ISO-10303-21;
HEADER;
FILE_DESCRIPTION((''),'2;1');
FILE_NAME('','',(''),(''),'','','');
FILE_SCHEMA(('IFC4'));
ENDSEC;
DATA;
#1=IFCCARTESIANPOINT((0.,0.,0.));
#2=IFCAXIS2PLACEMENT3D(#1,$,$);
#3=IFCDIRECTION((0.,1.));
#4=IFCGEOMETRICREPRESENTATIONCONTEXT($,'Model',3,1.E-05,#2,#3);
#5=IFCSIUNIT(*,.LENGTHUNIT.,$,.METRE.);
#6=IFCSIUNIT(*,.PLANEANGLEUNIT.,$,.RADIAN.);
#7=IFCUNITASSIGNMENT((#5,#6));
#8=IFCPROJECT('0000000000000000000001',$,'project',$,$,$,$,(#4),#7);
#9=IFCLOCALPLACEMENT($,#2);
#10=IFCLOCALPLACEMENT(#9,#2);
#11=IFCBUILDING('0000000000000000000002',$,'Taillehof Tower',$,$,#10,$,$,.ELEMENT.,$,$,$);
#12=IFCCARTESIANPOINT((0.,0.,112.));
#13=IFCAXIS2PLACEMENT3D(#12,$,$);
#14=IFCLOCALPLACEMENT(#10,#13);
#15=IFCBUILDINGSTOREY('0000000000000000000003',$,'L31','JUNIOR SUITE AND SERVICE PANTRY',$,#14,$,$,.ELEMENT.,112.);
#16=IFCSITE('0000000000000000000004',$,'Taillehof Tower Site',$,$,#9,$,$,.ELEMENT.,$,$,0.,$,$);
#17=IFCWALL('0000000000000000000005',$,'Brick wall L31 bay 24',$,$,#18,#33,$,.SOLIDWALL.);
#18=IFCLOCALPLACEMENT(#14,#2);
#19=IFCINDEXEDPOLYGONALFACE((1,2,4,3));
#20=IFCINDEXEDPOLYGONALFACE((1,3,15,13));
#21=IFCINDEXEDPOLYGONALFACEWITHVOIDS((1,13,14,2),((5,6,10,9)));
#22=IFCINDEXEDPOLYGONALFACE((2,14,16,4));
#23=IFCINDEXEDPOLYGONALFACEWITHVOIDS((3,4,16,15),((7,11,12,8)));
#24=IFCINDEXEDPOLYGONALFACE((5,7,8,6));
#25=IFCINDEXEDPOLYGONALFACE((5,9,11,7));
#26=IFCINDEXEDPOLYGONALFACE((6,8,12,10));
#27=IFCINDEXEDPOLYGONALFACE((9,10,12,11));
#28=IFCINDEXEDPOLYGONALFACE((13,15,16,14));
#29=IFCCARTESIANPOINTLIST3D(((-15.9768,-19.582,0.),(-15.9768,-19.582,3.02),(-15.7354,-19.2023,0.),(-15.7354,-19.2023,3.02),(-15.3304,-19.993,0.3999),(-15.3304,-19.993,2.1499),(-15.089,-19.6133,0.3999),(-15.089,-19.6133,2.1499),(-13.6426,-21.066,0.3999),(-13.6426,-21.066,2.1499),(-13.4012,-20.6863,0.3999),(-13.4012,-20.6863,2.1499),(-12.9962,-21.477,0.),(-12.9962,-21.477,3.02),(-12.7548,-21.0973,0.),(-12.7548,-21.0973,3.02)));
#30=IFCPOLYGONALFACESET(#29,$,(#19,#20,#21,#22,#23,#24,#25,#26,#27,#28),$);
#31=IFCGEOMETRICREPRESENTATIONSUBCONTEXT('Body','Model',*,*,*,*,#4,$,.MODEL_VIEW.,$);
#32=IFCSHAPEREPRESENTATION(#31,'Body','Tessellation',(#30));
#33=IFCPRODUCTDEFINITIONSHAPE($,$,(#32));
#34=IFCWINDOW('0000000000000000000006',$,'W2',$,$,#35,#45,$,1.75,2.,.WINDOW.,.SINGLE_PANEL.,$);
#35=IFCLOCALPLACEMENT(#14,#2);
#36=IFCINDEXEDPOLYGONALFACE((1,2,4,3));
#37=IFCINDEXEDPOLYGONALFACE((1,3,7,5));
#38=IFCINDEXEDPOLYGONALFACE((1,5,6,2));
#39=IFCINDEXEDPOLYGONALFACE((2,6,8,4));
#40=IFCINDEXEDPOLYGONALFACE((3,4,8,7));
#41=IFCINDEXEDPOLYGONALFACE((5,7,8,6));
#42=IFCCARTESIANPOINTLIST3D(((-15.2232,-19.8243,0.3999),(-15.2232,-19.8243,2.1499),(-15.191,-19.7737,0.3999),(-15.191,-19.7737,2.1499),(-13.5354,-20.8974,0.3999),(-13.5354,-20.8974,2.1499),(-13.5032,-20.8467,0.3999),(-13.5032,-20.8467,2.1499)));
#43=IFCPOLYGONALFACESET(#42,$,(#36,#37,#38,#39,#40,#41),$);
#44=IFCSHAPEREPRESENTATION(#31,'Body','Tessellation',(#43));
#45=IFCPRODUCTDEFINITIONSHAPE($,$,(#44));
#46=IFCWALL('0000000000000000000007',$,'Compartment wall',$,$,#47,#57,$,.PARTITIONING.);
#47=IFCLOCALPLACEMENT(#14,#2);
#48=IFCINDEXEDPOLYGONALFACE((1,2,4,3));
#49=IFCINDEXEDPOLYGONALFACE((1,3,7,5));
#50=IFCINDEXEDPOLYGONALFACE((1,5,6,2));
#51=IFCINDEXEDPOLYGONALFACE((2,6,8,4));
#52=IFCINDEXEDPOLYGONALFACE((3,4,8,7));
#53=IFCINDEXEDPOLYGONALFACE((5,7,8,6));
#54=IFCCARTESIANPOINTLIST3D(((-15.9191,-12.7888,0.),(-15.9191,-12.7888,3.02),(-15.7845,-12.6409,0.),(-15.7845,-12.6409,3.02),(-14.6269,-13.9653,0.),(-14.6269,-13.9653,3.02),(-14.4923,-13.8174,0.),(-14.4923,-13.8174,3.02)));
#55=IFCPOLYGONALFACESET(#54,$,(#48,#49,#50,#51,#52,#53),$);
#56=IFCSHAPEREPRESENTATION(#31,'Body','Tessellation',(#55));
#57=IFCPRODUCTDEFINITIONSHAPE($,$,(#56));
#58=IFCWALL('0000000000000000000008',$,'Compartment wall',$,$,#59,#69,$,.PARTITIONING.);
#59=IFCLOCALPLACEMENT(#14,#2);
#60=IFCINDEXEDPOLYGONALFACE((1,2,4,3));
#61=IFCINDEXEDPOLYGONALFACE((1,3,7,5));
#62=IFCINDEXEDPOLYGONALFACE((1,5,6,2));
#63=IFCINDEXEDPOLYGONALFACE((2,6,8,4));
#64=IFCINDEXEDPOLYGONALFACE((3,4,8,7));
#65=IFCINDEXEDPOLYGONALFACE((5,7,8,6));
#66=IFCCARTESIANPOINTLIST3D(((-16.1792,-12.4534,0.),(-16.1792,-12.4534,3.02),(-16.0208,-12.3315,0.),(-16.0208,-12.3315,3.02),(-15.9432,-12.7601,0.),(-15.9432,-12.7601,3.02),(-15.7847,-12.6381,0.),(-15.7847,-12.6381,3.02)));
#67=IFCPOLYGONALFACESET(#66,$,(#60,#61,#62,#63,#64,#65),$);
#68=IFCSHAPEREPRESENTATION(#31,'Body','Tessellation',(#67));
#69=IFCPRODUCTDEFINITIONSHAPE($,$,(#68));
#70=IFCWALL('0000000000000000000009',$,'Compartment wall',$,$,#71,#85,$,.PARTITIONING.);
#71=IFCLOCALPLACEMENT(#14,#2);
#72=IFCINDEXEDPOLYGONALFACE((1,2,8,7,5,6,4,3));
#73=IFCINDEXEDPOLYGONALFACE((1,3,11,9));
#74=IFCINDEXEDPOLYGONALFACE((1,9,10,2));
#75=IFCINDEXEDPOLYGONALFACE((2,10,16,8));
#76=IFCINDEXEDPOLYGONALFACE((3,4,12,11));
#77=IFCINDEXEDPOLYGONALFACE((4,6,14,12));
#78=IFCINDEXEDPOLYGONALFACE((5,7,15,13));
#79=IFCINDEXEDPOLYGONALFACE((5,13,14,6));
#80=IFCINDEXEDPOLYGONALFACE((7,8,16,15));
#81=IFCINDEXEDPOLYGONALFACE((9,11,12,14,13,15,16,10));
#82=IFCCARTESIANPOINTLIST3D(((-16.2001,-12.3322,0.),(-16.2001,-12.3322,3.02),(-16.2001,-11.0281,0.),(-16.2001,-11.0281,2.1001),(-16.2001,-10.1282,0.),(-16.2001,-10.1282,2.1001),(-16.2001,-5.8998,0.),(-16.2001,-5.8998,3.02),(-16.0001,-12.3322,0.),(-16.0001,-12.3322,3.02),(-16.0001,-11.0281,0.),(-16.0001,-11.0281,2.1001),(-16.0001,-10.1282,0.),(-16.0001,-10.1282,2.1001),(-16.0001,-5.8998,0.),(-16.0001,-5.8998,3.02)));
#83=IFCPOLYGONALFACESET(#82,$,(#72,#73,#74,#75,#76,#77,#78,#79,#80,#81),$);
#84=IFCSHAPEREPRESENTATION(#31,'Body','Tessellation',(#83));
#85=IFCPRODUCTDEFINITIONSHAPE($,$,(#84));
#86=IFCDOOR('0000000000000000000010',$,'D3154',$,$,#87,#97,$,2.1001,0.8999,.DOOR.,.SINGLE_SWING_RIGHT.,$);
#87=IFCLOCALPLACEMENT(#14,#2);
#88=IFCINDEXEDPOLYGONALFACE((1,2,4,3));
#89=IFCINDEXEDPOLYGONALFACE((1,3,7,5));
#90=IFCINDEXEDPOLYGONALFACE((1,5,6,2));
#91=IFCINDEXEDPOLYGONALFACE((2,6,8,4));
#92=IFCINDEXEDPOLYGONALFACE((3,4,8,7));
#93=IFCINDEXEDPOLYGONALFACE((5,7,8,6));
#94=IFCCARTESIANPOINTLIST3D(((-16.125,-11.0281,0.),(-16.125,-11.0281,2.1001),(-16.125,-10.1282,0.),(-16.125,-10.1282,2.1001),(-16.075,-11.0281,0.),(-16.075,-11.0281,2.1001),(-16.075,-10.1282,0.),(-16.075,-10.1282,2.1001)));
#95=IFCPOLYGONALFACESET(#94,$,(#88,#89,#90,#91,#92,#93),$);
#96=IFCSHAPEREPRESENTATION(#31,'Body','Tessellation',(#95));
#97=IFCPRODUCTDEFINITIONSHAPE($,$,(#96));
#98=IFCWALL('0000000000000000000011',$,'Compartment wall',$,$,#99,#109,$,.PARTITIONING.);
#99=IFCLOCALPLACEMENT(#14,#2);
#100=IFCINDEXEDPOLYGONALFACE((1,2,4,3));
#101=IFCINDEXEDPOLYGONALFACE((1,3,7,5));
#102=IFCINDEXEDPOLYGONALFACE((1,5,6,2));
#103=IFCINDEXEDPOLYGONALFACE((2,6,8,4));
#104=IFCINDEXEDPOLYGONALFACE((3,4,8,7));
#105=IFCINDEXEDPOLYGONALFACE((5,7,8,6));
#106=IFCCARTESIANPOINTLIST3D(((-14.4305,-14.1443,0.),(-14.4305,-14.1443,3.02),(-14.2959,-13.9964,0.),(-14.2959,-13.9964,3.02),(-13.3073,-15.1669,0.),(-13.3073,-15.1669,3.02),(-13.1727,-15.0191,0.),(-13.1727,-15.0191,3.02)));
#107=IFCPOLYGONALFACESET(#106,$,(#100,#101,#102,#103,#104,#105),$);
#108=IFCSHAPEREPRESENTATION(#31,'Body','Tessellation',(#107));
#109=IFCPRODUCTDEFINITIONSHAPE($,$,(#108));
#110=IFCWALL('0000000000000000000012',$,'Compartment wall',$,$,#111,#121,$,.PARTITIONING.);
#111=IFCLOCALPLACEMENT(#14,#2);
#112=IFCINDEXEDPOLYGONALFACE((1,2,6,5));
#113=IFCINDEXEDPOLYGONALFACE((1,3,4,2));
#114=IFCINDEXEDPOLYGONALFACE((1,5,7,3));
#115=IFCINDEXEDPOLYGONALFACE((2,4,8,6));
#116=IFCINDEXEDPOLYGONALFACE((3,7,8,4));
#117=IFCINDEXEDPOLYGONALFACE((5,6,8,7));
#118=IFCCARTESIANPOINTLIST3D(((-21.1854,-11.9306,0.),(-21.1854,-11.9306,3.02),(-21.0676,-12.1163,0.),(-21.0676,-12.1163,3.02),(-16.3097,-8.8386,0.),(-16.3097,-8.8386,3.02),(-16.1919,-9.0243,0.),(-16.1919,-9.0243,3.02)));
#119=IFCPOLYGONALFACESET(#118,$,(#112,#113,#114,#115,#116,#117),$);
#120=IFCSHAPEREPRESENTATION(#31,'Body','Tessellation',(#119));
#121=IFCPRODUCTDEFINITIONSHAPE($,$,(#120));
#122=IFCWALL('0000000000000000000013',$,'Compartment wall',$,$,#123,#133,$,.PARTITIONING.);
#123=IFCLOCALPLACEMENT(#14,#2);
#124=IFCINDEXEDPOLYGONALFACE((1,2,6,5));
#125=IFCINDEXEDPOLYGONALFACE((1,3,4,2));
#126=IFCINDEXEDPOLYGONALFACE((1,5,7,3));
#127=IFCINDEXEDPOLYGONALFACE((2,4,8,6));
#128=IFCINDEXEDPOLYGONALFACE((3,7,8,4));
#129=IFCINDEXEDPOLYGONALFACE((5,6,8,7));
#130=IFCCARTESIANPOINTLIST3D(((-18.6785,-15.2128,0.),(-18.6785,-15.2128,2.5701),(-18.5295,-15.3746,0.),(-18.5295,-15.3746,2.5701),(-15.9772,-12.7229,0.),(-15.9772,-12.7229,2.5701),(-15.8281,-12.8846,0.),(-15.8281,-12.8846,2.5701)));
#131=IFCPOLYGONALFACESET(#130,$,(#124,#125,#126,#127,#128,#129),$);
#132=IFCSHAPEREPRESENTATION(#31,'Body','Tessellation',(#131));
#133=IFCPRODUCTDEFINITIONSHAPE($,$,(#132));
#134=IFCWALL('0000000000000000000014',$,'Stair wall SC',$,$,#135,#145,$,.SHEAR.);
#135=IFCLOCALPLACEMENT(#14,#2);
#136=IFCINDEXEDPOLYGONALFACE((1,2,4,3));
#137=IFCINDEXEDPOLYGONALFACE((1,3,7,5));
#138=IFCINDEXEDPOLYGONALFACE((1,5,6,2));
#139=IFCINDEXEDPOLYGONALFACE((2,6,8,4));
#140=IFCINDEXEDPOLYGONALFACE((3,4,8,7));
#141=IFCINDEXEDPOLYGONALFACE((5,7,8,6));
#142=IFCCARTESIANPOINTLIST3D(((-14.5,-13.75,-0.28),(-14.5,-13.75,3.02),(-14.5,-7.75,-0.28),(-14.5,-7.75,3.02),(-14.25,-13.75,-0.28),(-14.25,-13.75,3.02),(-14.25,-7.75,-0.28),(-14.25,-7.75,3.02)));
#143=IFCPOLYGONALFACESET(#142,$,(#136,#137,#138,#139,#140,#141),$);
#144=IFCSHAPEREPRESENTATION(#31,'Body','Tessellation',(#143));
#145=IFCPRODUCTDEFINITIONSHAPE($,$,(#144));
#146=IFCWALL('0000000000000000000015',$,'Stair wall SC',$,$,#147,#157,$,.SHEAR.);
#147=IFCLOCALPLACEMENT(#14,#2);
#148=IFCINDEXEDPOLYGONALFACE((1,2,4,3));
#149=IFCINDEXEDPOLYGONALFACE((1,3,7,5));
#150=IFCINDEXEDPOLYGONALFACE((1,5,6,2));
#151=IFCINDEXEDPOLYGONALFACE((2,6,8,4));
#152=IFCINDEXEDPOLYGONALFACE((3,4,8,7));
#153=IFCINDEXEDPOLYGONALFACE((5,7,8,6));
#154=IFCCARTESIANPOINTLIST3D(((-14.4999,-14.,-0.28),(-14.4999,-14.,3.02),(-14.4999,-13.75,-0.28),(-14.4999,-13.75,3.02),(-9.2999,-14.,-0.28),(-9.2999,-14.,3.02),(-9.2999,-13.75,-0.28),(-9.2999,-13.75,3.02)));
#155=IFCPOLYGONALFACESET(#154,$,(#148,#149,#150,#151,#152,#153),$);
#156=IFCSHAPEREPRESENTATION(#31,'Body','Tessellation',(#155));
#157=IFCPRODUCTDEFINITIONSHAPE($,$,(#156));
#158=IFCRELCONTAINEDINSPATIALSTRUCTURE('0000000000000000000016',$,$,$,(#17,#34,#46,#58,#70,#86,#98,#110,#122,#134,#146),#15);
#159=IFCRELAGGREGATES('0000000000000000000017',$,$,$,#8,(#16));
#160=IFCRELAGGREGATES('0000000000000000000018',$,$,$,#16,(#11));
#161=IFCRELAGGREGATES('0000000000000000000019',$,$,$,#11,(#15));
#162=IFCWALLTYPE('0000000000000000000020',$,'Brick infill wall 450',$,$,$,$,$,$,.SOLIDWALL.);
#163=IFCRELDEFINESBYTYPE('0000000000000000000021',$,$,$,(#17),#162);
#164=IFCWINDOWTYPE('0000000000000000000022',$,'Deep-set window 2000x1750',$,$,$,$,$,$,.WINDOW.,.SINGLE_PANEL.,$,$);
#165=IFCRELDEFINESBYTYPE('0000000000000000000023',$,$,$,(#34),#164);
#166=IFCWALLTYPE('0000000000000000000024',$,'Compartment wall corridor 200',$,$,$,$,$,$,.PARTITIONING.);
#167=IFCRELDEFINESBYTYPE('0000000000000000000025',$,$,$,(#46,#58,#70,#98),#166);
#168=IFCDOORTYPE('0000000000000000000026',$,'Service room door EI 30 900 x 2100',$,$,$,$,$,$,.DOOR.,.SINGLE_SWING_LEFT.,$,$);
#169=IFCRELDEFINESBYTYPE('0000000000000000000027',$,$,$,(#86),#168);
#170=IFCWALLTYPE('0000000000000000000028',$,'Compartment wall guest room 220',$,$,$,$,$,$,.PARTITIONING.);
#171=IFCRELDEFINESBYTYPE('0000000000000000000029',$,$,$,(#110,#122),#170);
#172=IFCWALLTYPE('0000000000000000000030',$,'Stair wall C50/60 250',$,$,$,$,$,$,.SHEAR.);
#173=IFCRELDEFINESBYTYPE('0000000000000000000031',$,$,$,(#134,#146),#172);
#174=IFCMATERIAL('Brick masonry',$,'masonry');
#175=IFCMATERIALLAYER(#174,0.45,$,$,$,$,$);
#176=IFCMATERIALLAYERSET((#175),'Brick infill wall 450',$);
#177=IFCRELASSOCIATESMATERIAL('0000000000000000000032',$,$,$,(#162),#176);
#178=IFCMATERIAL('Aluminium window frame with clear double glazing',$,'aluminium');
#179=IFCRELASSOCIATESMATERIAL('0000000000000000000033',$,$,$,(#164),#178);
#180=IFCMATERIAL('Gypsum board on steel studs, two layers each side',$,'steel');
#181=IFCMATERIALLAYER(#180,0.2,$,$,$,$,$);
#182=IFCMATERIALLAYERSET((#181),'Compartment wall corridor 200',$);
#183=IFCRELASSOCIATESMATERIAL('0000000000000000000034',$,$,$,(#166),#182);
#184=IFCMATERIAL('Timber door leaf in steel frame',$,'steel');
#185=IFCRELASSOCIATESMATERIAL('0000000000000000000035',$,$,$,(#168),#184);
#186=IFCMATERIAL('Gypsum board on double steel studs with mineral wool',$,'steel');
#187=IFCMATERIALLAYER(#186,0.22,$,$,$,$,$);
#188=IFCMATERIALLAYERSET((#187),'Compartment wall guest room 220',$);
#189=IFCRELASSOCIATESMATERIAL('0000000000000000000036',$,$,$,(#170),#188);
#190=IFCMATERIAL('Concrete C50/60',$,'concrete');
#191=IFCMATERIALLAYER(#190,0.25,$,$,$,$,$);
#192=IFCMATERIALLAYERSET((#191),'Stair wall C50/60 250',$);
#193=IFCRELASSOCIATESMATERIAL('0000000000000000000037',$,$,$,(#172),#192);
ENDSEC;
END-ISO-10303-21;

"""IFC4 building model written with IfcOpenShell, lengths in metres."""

from ifc_helpers import new_model, si_unit, direction, frame, frame_2d, origin, place, context, subcontext, project, spatial, rectangle, extrude, material, layer, layer_set, type_object, element, fill, save


model = new_model("IFC4")

# Units and contexts
model_context = context("Model", 3, precision=1e-05, world=origin(), true_north=direction((0.0, 1.0)))
body_context = subcontext(model_context, "Body", "Model", "MODEL_VIEW")
ifc_project = project(units=[si_unit("LENGTHUNIT", "METRE"), si_unit("PLANEANGLEUNIT", "RADIAN")], contexts=[model_context])

# Site, building, storey
site_placement = place(None, origin())
site = spatial("IfcSite", under=ifc_project, at=site_placement, Name="Taillehof Tower Site", CompositionType="ELEMENT", RefElevation=0.0)
building_placement = place(site_placement, origin())
building = spatial("IfcBuilding", under=site, at=building_placement, Name="Taillehof Tower", CompositionType="ELEMENT")
storey_placement = place(building_placement, frame((0.0, 0.0, 112.0)))
storey = spatial("IfcBuildingStorey", under=building, at=storey_placement, Name="L31", Description="JUNIOR SUITE AND SERVICE PANTRY", CompositionType="ELEMENT", Elevation=112.0)

# Wall, opening, window
ifc_material_1 = material(Name="Brick masonry", Category="masonry")
ifc_layer_1 = layer(ifc_material_1, 0.45)
ifc_layer_set_1 = layer_set([ifc_layer_1], Name="Brick infill wall 450")
wall_type_1 = type_object("IfcWallType", Name="Brick infill wall 450", PredefinedType="SOLIDWALL", material=ifc_layer_set_1)
ifc_material_2 = material(Name="Aluminium window frame with clear double glazing", Category="aluminium")
window_type = type_object("IfcWindowType", Name="Deep-set window 2000x1750", PartitioningType="SINGLE_PANEL", PredefinedType="WINDOW", material=ifc_material_2)
wall_1_placement = place(storey_placement, frame((-15.8562, -19.3921, 0.0), z_axis=(0.0, 0.0, 1.0), x_axis=(0.843892, -0.536513, 0.0)))
wall_1 = element("IfcWall", 1, at=wall_1_placement, inside=storey, type_object=wall_type_1, Name="Brick wall L31 bay 24", PredefinedType="SOLIDWALL", context=body_context, shape_type="SweptSolid", body=[
    extrude(rectangle(XDim=3.532, YDim=0.45, at=frame_2d((1.7661, 0.0))), origin(), (0.0, 0.0, 1.0), 3.02),
])
opening_1_placement = place(wall_1_placement, frame((0.7661, 0.0, 0.3999)))
opening_1 = element("IfcOpeningElement", 2, at=opening_1_placement, cuts=wall_1, PredefinedType="OPENING", context=body_context, shape_type="SweptSolid", body=[
    extrude(rectangle(XDim=2.0, YDim=1.75, at=frame_2d((1.0, 0.875))), frame((0.0, 0.2349, 0.0), z_axis=(0.0, -1.0, 0.0), x_axis=(1.0, 0.0, 0.0)), (0.0, 0.0, 1.0), 0.47),
])
window_1_placement = place(opening_1_placement, origin())
window_1 = element("IfcWindow", 3, at=window_1_placement, inside=storey, type_object=window_type, Name="W2", OverallHeight=1.75, OverallWidth=2.0, PartitioningType="SINGLE_PANEL", PredefinedType="WINDOW", context=body_context, shape_type="SweptSolid", body=[
    extrude(rectangle(XDim=2.0, YDim=1.75, at=frame_2d((1.0, 0.875))), frame((0.0, 0.0349, 0.0), z_axis=(0.0, -1.0, 0.0), x_axis=(1.0, 0.0, 0.0)), (0.0, 0.0, 1.0), 0.0601),
])
fill(opening_1, window_1)

# Walls
ifc_material_3 = material(Name="Gypsum board on steel studs, two layers each side", Category="steel")
ifc_layer_2 = layer(ifc_material_3, 0.2)
ifc_layer_set_2 = layer_set([ifc_layer_2], Name="Compartment wall corridor 200")
wall_type_2 = type_object("IfcWallType", Name="Compartment wall corridor 200", PredefinedType="PARTITIONING", material=ifc_layer_set_2)
wall_2_placement = place(storey_placement, frame((-14.5596, -13.8914, 0.0), z_axis=(0.0, 0.0, 1.0), x_axis=(-0.73944, 0.673222, 0.0)))
element("IfcWall", 4, at=wall_2_placement, inside=storey, type_object=wall_type_2, Name="Compartment wall", PredefinedType="PARTITIONING", context=body_context, shape_type="SweptSolid", body=[
    extrude(rectangle(XDim=1.7476, YDim=0.2, at=frame_2d((0.8738, 0.0))), origin(), (0.0, 0.0, 1.0), 3.02),
])
wall_3_placement = place(storey_placement, frame((-15.864, -12.699, 0.0), z_axis=(0.0, 0.0, 1.0), x_axis=(-0.610046, 0.792366, 0.0)))
element("IfcWall", 5, at=wall_3_placement, inside=storey, type_object=wall_type_2, Name="Compartment wall", PredefinedType="PARTITIONING", context=body_context, shape_type="SweptSolid", body=[
    extrude(rectangle(XDim=0.387, YDim=0.2, at=frame_2d((0.1934, 0.0))), origin(), (0.0, 0.0, 1.0), 3.02),
])

# Wall, opening, door
wall_4_placement = place(storey_placement, frame((-16.1001, -12.3323, 0.0), z_axis=(0.0, 0.0, 1.0), x_axis=(0.0, 1.0, 0.0)))
wall_4 = element("IfcWall", 6, at=wall_4_placement, inside=storey, type_object=wall_type_2, Name="Compartment wall", PredefinedType="PARTITIONING", context=body_context, shape_type="SweptSolid", body=[
    extrude(rectangle(XDim=6.4324, YDim=0.2, at=frame_2d((3.2163, 0.0))), origin(), (0.0, 0.0, 1.0), 3.02),
])
opening_2_placement = place(wall_4_placement, frame((1.3042, 0.0, 0.0)))
opening_2 = element("IfcOpeningElement", 7, at=opening_2_placement, cuts=wall_4, PredefinedType="OPENING", context=body_context, shape_type="SweptSolid", body=[
    extrude(rectangle(XDim=0.8999, YDim=2.1001, at=frame_2d((0.45, 1.05))), frame((0.0, 0.1099, 0.0), z_axis=(0.0, -1.0, 0.0), x_axis=(1.0, 0.0, 0.0)), (0.0, 0.0, 1.0), 0.22),
])
ifc_material_4 = material(Name="Timber door leaf in steel frame", Category="steel")
door_type = type_object("IfcDoorType", Name="Service room door EI 30 900 x 2100", OperationType="SINGLE_SWING_LEFT", PredefinedType="DOOR", material=ifc_material_4)
door_placement = place(opening_2_placement, origin())
door = element("IfcDoor", 8, at=door_placement, inside=storey, type_object=door_type, Name="D3154", OperationType="SINGLE_SWING_RIGHT", OverallHeight=2.1001, OverallWidth=0.8999, PredefinedType="DOOR", context=body_context, shape_type="SweptSolid", body=[
    extrude(rectangle(XDim=0.8999, YDim=2.1001, at=frame_2d((0.45, 1.05))), frame((0.0, 0.0249, 0.0), z_axis=(0.0, -1.0, 0.0), x_axis=(1.0, 0.0, 0.0)), (0.0, 0.0, 1.0), 0.05),
])
fill(opening_2, door)

# Walls
wall_5_placement = place(storey_placement, frame((-13.24, -15.093, 0.0), z_axis=(0.0, 0.0, 1.0), x_axis=(-0.739438, 0.673225, 0.0)))
element("IfcWall", 9, at=wall_5_placement, inside=storey, type_object=wall_type_2, Name="Compartment wall", PredefinedType="PARTITIONING", context=body_context, shape_type="SweptSolid", body=[
    extrude(rectangle(XDim=1.519, YDim=0.2, at=frame_2d((0.7595, 0.0))), origin(), (0.0, 0.0, 1.0), 3.02),
])
ifc_material_5 = material(Name="Gypsum board on double steel studs with mineral wool", Category="steel")
ifc_layer_3 = layer(ifc_material_5, 0.22)
ifc_layer_set_3 = layer_set([ifc_layer_3], Name="Compartment wall guest room 220")
wall_type_3 = type_object("IfcWallType", Name="Compartment wall guest room 220", PredefinedType="PARTITIONING", material=ifc_layer_set_3)
wall_6_placement = place(storey_placement, frame((-21.1265, -12.0234, 0.0), z_axis=(0.0, 0.0, 1.0), x_axis=(0.8445, 0.535556, 0.0)))
element("IfcWall", 10, at=wall_6_placement, inside=storey, type_object=wall_type_3, Name="Compartment wall", PredefinedType="PARTITIONING", context=body_context, shape_type="SweptSolid", body=[
    extrude(rectangle(XDim=5.7734, YDim=0.22, at=frame_2d((2.8867, 0.0))), origin(), (0.0, 0.0, 1.0), 3.02),
])
wall_7_placement = place(storey_placement, frame((-18.604, -15.2937, 0.0), z_axis=(0.0, 0.0, 1.0), x_axis=(0.735295, 0.677747, 0.0)))
element("IfcWall", 11, at=wall_7_placement, inside=storey, type_object=wall_type_3, Name="Compartment wall", PredefinedType="PARTITIONING", context=body_context, shape_type="SweptSolid", body=[
    extrude(rectangle(XDim=3.6738, YDim=0.22, at=frame_2d((1.8369, 0.0))), origin(), (0.0, 0.0, 1.0), 2.5701),
])
ifc_material_6 = material(Name="Concrete C50/60", Category="concrete")
ifc_layer_4 = layer(ifc_material_6, 0.25)
ifc_layer_set_4 = layer_set([ifc_layer_4], Name="Stair wall C50/60 250")
wall_type_4 = type_object("IfcWallType", Name="Stair wall C50/60 250", PredefinedType="SHEAR", material=ifc_layer_set_4)
wall_8_placement = place(storey_placement, frame((-14.375, -13.75, -0.28), z_axis=(0.0, 0.0, 1.0), x_axis=(0.0, 1.0, 0.0)))
element("IfcWall", 12, at=wall_8_placement, inside=storey, type_object=wall_type_4, Name="Stair wall SC", PredefinedType="SHEAR", context=body_context, shape_type="SweptSolid", body=[
    extrude(rectangle(XDim=6.0, YDim=0.25, at=frame_2d((3.0, 0.0))), origin(), (0.0, 0.0, 1.0), 3.3),
])
wall_9_placement = place(storey_placement, frame((-14.5, -13.875, -0.28), z_axis=(0.0, 0.0, 1.0), x_axis=(1.0, 0.0, 0.0)))
element("IfcWall", 13, at=wall_9_placement, inside=storey, type_object=wall_type_4, Name="Stair wall SC", PredefinedType="SHEAR", context=body_context, shape_type="SweptSolid", body=[
    extrude(rectangle(XDim=5.2, YDim=0.25, at=frame_2d((2.6001, 0.0))), origin(), (0.0, 0.0, 1.0), 3.3),
])

save(model, "model.ifc")
